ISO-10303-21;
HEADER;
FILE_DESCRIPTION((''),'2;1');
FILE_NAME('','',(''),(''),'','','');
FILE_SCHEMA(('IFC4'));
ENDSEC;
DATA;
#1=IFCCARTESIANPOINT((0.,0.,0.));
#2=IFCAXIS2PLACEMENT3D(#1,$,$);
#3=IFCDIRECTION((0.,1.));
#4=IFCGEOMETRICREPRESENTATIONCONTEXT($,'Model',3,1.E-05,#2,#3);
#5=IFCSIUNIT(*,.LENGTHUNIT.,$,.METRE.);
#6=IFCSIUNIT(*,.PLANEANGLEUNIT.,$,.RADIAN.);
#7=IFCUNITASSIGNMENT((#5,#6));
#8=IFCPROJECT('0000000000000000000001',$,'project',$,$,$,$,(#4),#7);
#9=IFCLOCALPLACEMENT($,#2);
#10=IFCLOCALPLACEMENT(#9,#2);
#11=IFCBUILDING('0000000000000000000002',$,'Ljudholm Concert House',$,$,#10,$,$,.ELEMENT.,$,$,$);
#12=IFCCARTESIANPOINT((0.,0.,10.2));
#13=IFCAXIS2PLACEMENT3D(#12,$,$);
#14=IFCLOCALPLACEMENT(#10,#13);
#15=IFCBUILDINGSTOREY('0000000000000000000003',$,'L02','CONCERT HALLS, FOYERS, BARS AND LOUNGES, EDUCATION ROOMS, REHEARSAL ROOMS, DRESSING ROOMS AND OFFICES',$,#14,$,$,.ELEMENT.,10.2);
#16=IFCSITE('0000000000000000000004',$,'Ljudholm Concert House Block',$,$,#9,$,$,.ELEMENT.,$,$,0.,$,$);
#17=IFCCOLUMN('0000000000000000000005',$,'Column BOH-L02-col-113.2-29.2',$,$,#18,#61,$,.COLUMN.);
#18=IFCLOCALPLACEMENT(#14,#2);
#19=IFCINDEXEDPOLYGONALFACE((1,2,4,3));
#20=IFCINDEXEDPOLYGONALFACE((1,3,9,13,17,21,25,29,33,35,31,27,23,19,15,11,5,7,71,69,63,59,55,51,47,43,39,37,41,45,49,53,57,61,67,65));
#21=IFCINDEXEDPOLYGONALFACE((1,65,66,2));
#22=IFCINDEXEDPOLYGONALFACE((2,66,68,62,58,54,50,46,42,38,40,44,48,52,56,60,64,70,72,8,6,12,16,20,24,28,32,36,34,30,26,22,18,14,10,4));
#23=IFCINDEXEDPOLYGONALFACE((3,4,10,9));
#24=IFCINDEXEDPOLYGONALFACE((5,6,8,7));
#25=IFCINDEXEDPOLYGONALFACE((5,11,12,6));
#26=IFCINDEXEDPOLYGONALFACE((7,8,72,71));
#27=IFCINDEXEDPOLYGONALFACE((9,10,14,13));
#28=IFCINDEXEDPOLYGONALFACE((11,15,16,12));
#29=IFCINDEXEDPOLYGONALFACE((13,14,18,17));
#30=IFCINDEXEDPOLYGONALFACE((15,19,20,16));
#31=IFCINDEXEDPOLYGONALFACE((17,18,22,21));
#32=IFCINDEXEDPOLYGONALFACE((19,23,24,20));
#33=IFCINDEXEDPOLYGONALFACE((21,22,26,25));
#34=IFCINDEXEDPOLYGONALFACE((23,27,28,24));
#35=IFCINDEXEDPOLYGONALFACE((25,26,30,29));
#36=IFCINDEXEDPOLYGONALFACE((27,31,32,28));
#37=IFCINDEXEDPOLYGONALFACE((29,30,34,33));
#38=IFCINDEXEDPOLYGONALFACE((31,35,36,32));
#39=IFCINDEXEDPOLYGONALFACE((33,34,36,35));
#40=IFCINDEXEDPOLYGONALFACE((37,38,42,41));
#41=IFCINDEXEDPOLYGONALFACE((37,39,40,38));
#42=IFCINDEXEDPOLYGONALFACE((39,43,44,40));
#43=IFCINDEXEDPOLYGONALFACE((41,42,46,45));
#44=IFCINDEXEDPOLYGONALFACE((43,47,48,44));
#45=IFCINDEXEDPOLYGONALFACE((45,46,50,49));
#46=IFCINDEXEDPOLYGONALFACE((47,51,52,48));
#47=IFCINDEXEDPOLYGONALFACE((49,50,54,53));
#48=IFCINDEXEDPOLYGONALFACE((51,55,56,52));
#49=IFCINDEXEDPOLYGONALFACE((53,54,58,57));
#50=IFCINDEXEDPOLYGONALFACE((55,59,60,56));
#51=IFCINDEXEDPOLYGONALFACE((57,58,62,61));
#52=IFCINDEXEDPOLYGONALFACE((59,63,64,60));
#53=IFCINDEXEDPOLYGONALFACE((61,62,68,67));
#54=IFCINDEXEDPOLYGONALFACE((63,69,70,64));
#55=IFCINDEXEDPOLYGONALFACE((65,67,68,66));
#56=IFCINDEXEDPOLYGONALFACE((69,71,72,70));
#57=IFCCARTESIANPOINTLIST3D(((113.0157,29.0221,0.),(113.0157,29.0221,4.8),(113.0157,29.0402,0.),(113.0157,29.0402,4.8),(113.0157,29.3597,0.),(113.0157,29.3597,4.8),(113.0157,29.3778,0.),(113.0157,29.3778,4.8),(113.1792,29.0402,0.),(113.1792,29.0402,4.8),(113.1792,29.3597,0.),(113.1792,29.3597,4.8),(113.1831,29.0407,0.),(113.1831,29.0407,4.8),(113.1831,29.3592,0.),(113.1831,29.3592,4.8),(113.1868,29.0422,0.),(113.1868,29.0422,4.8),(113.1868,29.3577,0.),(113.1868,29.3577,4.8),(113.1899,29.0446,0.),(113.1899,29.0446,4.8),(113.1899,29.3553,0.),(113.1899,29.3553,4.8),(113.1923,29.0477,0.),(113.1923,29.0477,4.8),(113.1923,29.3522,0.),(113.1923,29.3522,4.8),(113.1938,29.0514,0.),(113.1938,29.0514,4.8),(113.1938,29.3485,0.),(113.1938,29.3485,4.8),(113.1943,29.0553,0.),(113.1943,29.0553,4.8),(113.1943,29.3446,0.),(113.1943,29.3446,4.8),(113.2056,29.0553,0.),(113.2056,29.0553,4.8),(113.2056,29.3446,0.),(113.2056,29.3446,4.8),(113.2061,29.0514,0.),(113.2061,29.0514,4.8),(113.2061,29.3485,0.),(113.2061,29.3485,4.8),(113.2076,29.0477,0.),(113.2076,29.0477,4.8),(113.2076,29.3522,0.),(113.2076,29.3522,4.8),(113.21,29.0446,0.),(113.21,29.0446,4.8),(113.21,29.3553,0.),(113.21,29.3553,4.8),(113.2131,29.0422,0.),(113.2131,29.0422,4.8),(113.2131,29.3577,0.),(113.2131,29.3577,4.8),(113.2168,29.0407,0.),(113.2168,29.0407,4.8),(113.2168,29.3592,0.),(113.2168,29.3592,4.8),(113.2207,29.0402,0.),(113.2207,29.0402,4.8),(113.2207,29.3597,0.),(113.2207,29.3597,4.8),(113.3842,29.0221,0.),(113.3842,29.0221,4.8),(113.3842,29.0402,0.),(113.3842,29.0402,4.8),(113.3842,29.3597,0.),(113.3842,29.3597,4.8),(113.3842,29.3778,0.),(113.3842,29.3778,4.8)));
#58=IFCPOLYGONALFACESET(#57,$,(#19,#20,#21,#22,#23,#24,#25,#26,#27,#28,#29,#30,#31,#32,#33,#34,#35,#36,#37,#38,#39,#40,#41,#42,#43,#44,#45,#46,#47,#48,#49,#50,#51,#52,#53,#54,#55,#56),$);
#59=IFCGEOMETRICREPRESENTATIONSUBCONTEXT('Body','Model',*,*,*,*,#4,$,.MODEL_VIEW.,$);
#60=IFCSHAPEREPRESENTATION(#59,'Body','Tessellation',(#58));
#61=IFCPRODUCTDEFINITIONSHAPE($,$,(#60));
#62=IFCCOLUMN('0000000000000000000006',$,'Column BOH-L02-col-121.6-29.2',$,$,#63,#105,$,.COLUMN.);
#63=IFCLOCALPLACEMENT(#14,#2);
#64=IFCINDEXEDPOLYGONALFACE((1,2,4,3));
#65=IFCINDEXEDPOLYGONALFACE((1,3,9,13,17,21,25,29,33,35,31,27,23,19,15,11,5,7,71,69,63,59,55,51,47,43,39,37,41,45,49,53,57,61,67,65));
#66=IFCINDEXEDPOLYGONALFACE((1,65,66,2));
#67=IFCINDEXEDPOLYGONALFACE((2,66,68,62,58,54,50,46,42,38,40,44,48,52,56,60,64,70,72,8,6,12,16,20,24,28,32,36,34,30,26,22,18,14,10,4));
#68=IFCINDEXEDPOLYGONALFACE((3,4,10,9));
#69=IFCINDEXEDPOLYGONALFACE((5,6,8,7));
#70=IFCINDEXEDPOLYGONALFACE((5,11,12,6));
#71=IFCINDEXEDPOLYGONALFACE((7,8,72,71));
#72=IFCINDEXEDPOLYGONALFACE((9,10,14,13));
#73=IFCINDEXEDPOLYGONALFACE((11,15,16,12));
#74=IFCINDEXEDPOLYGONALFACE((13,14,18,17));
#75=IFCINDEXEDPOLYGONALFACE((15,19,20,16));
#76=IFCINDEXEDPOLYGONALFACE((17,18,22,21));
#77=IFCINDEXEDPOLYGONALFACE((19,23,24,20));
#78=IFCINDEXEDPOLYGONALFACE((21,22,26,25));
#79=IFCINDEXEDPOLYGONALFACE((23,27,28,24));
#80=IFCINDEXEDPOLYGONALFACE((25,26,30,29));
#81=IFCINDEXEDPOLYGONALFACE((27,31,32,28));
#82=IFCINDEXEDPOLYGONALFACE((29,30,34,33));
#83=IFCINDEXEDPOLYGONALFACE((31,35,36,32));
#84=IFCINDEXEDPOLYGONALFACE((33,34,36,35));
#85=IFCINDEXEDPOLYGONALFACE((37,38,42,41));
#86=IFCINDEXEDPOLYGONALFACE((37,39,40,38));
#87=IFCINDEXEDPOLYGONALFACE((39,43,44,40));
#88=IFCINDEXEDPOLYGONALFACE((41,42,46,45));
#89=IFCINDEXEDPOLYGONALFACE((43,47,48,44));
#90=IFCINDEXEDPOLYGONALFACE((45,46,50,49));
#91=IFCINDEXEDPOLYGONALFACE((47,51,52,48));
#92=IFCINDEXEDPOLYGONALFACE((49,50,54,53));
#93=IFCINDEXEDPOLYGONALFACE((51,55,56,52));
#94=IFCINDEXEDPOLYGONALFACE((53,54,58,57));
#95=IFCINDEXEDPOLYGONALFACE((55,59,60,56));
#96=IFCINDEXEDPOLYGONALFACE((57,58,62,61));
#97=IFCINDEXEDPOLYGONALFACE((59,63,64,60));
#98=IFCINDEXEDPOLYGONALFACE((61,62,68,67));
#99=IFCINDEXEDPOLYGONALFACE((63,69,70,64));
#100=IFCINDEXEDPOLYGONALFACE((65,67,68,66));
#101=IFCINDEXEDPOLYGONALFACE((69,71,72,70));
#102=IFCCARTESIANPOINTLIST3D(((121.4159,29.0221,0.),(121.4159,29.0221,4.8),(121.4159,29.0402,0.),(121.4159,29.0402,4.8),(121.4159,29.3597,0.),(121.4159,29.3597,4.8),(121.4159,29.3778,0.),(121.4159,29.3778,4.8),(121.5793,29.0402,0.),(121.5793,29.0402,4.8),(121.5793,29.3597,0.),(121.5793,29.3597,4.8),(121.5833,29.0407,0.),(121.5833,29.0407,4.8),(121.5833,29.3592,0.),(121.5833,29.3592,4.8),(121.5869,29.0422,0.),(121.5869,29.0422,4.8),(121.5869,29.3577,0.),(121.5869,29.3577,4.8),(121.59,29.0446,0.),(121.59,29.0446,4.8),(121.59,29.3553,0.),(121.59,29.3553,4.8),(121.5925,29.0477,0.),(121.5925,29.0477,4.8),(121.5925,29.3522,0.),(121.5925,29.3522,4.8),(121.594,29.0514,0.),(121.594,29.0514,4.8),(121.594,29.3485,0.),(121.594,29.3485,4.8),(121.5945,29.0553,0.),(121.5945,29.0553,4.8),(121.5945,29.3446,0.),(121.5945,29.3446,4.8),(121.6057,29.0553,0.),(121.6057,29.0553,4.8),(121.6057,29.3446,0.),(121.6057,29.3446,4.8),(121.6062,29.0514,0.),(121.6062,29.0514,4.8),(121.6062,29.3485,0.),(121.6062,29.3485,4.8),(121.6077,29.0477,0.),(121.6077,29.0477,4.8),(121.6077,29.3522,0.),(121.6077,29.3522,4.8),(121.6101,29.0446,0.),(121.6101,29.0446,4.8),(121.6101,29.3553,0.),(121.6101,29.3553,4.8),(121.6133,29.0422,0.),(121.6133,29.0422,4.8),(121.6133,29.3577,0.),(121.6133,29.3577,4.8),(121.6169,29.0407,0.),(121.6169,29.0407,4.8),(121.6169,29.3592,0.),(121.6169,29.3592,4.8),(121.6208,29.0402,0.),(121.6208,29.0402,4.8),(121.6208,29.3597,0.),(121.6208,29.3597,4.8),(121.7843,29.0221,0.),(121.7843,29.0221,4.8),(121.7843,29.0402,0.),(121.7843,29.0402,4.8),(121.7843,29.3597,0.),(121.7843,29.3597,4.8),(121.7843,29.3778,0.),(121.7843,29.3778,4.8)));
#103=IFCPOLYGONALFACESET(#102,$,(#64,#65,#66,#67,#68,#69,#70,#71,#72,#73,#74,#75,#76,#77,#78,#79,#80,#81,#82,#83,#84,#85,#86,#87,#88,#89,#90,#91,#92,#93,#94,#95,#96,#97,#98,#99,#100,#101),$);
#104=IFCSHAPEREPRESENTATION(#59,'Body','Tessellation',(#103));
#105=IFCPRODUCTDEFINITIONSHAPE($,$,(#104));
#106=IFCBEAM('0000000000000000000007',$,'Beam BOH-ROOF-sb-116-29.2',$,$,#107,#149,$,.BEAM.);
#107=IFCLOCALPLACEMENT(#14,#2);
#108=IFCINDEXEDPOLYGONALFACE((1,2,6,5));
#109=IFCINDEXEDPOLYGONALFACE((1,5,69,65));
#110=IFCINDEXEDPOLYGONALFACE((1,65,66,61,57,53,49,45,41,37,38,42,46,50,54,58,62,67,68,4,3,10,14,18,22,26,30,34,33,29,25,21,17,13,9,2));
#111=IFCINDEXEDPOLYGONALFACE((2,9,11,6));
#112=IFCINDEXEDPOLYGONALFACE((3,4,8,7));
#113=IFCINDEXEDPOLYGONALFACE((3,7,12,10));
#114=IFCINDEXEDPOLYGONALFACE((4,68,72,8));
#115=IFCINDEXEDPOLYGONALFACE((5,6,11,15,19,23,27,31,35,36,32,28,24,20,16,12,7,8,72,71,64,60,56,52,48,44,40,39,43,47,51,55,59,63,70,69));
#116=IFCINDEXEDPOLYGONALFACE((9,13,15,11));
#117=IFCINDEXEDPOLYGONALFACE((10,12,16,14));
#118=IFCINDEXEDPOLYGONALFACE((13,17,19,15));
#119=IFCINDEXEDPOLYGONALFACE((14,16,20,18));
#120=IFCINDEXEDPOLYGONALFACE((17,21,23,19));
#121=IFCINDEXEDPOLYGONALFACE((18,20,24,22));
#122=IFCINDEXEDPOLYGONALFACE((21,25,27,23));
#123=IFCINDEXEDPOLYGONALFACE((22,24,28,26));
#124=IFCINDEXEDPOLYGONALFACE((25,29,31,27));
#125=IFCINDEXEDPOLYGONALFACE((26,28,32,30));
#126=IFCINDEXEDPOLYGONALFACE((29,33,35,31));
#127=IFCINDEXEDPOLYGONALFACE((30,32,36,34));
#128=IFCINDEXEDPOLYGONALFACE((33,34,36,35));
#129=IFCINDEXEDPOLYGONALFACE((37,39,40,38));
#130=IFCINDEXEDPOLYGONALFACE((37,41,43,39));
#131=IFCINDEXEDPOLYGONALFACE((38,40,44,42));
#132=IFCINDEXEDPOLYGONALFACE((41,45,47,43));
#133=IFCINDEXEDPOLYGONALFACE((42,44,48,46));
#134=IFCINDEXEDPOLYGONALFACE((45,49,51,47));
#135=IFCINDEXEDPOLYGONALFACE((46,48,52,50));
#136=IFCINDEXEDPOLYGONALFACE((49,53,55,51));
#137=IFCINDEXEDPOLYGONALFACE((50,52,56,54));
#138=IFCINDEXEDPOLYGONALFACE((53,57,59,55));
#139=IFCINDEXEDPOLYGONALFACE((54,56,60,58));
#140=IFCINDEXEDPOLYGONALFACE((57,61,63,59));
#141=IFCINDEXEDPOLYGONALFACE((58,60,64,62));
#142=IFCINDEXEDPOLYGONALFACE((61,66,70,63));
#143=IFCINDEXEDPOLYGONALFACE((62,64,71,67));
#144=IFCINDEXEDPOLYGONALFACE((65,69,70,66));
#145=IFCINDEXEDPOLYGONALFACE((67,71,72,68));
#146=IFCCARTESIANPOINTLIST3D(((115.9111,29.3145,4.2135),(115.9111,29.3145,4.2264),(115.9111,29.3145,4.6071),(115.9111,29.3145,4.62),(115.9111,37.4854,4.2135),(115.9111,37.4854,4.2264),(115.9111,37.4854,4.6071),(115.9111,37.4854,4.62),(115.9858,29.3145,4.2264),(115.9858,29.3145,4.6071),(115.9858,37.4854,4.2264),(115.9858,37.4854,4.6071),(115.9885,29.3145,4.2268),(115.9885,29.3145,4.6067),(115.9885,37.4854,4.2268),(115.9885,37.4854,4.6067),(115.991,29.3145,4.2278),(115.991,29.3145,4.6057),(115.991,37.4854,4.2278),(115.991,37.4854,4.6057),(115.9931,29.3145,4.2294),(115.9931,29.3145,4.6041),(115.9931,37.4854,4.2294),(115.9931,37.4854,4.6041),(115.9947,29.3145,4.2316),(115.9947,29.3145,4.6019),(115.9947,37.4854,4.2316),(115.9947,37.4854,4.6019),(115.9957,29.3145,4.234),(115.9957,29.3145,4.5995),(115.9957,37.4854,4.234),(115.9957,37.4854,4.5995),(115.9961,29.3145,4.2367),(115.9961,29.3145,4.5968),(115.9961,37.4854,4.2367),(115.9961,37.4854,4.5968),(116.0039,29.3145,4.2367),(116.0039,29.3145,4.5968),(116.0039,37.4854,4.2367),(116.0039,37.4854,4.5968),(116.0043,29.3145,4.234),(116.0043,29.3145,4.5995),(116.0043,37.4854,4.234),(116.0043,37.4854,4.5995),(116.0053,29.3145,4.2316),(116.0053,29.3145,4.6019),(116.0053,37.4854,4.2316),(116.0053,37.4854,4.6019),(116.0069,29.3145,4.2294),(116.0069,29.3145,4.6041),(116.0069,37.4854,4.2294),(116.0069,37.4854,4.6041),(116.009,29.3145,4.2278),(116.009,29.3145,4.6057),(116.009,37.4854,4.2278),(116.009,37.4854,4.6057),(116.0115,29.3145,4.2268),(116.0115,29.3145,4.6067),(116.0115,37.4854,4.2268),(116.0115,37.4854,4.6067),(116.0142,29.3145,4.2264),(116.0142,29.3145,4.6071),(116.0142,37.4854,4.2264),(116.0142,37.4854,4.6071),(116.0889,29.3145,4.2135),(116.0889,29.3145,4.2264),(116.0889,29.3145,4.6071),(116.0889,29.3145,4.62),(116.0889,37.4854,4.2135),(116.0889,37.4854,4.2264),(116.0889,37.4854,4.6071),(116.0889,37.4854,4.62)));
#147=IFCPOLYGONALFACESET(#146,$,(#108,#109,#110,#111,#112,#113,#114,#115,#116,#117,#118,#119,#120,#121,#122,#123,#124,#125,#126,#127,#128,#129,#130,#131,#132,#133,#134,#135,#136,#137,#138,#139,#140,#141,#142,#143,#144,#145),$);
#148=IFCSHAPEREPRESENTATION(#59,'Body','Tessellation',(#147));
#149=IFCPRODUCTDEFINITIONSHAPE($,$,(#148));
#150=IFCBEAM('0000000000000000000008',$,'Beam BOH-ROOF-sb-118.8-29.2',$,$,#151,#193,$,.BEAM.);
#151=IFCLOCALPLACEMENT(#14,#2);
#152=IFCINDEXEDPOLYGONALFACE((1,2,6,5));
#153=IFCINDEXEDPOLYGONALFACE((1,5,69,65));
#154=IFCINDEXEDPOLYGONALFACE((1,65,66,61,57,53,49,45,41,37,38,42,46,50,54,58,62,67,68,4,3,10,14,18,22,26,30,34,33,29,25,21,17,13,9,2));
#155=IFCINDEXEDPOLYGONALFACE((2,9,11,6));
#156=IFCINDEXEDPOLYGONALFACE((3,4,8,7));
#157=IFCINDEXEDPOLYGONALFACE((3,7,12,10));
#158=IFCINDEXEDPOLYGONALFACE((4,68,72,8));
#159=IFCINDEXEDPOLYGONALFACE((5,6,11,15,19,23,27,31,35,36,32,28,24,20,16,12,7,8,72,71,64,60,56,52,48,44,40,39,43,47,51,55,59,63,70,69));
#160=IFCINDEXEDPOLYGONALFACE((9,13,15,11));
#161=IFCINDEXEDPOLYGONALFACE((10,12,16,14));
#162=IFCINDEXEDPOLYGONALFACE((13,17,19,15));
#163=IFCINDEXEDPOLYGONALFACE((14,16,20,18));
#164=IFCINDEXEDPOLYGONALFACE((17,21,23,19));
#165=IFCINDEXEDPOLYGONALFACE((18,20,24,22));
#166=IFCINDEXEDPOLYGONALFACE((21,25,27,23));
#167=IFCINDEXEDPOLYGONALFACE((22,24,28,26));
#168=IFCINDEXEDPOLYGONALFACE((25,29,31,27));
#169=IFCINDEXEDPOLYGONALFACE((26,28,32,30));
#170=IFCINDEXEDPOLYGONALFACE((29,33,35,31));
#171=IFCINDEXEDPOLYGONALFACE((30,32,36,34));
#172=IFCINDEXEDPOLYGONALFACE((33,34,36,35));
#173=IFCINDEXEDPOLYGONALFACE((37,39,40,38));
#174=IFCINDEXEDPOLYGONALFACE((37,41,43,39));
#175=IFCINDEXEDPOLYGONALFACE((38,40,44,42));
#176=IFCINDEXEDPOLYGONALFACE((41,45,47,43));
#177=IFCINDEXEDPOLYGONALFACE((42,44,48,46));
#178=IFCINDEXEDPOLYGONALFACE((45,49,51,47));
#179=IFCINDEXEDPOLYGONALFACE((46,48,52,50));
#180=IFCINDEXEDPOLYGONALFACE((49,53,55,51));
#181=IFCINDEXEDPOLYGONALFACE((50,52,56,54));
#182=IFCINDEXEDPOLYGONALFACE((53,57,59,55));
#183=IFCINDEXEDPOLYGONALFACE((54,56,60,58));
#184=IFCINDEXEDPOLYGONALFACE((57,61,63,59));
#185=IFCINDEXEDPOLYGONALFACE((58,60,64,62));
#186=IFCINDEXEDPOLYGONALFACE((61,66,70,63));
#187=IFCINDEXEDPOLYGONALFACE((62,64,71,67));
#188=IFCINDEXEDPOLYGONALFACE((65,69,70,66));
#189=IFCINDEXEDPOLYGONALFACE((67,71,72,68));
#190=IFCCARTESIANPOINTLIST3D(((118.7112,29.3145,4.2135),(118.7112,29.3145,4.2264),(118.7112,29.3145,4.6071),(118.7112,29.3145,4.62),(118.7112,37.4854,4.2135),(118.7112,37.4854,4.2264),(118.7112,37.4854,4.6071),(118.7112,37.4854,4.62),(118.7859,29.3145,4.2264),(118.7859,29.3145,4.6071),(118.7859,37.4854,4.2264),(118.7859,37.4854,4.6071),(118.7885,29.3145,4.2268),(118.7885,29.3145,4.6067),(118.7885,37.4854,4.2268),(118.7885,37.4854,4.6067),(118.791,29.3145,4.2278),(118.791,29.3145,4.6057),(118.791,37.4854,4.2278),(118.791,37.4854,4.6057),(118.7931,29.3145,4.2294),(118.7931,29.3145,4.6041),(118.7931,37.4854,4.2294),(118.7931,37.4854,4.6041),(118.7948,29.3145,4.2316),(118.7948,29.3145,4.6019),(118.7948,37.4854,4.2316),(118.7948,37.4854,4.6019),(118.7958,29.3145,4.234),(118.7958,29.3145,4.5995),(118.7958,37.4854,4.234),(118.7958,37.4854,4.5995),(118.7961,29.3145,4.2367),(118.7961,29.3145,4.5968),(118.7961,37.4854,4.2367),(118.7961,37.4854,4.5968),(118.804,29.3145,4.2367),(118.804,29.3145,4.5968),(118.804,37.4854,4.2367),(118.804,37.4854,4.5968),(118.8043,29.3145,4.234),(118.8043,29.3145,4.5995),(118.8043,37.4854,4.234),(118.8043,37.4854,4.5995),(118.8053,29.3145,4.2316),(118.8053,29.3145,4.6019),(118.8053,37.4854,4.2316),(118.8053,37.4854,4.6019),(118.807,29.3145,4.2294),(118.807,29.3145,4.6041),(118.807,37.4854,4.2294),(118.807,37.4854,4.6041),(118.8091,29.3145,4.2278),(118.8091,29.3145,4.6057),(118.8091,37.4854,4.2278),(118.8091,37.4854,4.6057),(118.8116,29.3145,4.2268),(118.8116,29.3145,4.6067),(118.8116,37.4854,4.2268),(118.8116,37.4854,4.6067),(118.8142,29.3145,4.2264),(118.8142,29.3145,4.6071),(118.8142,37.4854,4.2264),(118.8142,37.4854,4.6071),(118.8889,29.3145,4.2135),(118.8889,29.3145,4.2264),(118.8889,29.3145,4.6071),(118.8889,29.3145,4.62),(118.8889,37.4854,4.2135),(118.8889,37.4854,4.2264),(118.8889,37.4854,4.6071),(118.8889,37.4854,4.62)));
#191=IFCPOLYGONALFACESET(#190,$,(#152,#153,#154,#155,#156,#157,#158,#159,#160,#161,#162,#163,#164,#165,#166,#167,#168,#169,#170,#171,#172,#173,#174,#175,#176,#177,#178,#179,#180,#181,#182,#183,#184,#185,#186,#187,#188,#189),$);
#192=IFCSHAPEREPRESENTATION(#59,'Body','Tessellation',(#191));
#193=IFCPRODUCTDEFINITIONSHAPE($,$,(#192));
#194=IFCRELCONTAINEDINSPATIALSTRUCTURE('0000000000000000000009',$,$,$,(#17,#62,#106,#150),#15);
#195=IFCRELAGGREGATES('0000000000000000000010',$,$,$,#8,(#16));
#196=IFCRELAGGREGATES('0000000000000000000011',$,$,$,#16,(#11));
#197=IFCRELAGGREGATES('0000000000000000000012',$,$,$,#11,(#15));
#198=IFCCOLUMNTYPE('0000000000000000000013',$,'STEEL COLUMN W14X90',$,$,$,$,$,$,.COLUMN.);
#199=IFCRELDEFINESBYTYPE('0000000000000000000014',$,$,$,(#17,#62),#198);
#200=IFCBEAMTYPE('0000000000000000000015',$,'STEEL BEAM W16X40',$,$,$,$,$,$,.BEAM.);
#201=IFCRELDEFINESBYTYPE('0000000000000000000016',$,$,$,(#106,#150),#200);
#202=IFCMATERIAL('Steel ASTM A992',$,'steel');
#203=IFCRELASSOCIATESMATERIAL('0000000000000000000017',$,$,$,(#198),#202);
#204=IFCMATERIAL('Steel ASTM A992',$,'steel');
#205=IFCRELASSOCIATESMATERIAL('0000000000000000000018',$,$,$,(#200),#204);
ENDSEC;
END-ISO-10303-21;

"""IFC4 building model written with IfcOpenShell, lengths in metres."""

from ifc_helpers import new_model, si_unit, direction, frame, origin, origin_2d, place, context, subcontext, project, spatial, i_section, extrude, material, material_profile, profile_set, type_object, element, save


model = new_model("IFC4")

# Units and contexts
model_context = context("Model", 3, precision=1e-05, world=origin(), true_north=direction((0.0, 1.0)))
body_context = subcontext(model_context, "Body", "Model", "MODEL_VIEW")
ifc_project = project(units=[si_unit("LENGTHUNIT", "METRE"), si_unit("PLANEANGLEUNIT", "RADIAN")], contexts=[model_context])

# Site, building, storey
site_placement = place(None, origin())
site = spatial("IfcSite", under=ifc_project, at=site_placement, Name="Ljudholm Concert House Block", CompositionType="ELEMENT", RefElevation=0.0)
building_placement = place(site_placement, origin())
building = spatial("IfcBuilding", under=site, at=building_placement, Name="Ljudholm Concert House", CompositionType="ELEMENT")
storey_placement = place(building_placement, frame((0.0, 0.0, 10.2)))
storey = spatial("IfcBuildingStorey", under=building, at=storey_placement, Name="L02", Description="CONCERT HALLS, FOYERS, BARS AND LOUNGES, EDUCATION ROOMS, REHEARSAL ROOMS, DRESSING ROOMS AND OFFICES", CompositionType="ELEMENT", Elevation=10.2)

# Columns
ifc_material_1 = material(Name="Steel ASTM A992", Category="steel")
ifc_material_profile_1 = material_profile(ifc_material_1, i_section(OverallWidth=0.3684, OverallDepth=0.3557, WebThickness=0.0112, FlangeThickness=0.0181, FilletRadius=0.0151, at=origin_2d()), Name="W14X90")
ifc_profile_set_1 = profile_set([ifc_material_profile_1], Name="Steel ASTM A992")
column_type = type_object("IfcColumnType", Name="STEEL COLUMN W14X90", PredefinedType="COLUMN", material=ifc_profile_set_1)
for number, where, z_axis, x_axis, name in (
    (1, (113.2, 29.2, 0.0), (0.0, 0.0, 1.0), (1.0, 0.0, 0.0), "Column BOH-L02-col-113.2-29.2"),
    (2, (121.6001, 29.2, 0.0), (0.0, 0.0, 1.0), (1.0, 0.0, 0.0), "Column BOH-L02-col-121.6-29.2"),
):
    element("IfcColumn", number, at=place(storey_placement, frame(where, z_axis=z_axis, x_axis=x_axis)), inside=storey, type_object=column_type, Name=name, PredefinedType="COLUMN", context=body_context, shape_type="SweptSolid", body=[
        extrude(i_section(OverallWidth=0.3684, OverallDepth=0.3557, WebThickness=0.0112, FlangeThickness=0.0181, FilletRadius=0.0151, at=origin_2d()), origin(), (0.0, 0.0, 1.0), 4.8),
    ])

# Beams
ifc_material_2 = material(Name="Steel ASTM A992", Category="steel")
ifc_material_profile_2 = material_profile(ifc_material_2, i_section(OverallWidth=0.1777, OverallDepth=0.4065, WebThickness=0.0078, FlangeThickness=0.0129, FilletRadius=0.0103, at=origin_2d()), Name="W16X40")
ifc_profile_set_2 = profile_set([ifc_material_profile_2], Name="Steel ASTM A992")
beam_type_1 = type_object("IfcBeamType", Name="STEEL BEAM W16X40", PredefinedType="BEAM", material=ifc_profile_set_2)
for number, where, z_axis, x_axis, name in (
    (3, (116.0, 29.3145, 4.4167), (0.0, 1.0, 0.0), (-1.0, 0.0, 0.0), "Beam BOH-ROOF-sb-116-29.2"),
    (4, (118.8, 29.3145, 4.4167), (0.0, 1.0, 0.0), (-1.0, 0.0, 0.0), "Beam BOH-ROOF-sb-118.8-29.2"),
):
    element("IfcBeam", number, at=place(storey_placement, frame(where, z_axis=z_axis, x_axis=x_axis)), inside=storey, type_object=beam_type_1, Name=name, PredefinedType="BEAM", context=body_context, shape_type="SweptSolid", body=[
        extrude(i_section(OverallWidth=0.1777, OverallDepth=0.4065, WebThickness=0.0078, FlangeThickness=0.0129, FilletRadius=0.0103, at=origin_2d()), origin(), (0.0, 0.0, 1.0), 8.1709),
    ])

save(model, "model.ifc")
